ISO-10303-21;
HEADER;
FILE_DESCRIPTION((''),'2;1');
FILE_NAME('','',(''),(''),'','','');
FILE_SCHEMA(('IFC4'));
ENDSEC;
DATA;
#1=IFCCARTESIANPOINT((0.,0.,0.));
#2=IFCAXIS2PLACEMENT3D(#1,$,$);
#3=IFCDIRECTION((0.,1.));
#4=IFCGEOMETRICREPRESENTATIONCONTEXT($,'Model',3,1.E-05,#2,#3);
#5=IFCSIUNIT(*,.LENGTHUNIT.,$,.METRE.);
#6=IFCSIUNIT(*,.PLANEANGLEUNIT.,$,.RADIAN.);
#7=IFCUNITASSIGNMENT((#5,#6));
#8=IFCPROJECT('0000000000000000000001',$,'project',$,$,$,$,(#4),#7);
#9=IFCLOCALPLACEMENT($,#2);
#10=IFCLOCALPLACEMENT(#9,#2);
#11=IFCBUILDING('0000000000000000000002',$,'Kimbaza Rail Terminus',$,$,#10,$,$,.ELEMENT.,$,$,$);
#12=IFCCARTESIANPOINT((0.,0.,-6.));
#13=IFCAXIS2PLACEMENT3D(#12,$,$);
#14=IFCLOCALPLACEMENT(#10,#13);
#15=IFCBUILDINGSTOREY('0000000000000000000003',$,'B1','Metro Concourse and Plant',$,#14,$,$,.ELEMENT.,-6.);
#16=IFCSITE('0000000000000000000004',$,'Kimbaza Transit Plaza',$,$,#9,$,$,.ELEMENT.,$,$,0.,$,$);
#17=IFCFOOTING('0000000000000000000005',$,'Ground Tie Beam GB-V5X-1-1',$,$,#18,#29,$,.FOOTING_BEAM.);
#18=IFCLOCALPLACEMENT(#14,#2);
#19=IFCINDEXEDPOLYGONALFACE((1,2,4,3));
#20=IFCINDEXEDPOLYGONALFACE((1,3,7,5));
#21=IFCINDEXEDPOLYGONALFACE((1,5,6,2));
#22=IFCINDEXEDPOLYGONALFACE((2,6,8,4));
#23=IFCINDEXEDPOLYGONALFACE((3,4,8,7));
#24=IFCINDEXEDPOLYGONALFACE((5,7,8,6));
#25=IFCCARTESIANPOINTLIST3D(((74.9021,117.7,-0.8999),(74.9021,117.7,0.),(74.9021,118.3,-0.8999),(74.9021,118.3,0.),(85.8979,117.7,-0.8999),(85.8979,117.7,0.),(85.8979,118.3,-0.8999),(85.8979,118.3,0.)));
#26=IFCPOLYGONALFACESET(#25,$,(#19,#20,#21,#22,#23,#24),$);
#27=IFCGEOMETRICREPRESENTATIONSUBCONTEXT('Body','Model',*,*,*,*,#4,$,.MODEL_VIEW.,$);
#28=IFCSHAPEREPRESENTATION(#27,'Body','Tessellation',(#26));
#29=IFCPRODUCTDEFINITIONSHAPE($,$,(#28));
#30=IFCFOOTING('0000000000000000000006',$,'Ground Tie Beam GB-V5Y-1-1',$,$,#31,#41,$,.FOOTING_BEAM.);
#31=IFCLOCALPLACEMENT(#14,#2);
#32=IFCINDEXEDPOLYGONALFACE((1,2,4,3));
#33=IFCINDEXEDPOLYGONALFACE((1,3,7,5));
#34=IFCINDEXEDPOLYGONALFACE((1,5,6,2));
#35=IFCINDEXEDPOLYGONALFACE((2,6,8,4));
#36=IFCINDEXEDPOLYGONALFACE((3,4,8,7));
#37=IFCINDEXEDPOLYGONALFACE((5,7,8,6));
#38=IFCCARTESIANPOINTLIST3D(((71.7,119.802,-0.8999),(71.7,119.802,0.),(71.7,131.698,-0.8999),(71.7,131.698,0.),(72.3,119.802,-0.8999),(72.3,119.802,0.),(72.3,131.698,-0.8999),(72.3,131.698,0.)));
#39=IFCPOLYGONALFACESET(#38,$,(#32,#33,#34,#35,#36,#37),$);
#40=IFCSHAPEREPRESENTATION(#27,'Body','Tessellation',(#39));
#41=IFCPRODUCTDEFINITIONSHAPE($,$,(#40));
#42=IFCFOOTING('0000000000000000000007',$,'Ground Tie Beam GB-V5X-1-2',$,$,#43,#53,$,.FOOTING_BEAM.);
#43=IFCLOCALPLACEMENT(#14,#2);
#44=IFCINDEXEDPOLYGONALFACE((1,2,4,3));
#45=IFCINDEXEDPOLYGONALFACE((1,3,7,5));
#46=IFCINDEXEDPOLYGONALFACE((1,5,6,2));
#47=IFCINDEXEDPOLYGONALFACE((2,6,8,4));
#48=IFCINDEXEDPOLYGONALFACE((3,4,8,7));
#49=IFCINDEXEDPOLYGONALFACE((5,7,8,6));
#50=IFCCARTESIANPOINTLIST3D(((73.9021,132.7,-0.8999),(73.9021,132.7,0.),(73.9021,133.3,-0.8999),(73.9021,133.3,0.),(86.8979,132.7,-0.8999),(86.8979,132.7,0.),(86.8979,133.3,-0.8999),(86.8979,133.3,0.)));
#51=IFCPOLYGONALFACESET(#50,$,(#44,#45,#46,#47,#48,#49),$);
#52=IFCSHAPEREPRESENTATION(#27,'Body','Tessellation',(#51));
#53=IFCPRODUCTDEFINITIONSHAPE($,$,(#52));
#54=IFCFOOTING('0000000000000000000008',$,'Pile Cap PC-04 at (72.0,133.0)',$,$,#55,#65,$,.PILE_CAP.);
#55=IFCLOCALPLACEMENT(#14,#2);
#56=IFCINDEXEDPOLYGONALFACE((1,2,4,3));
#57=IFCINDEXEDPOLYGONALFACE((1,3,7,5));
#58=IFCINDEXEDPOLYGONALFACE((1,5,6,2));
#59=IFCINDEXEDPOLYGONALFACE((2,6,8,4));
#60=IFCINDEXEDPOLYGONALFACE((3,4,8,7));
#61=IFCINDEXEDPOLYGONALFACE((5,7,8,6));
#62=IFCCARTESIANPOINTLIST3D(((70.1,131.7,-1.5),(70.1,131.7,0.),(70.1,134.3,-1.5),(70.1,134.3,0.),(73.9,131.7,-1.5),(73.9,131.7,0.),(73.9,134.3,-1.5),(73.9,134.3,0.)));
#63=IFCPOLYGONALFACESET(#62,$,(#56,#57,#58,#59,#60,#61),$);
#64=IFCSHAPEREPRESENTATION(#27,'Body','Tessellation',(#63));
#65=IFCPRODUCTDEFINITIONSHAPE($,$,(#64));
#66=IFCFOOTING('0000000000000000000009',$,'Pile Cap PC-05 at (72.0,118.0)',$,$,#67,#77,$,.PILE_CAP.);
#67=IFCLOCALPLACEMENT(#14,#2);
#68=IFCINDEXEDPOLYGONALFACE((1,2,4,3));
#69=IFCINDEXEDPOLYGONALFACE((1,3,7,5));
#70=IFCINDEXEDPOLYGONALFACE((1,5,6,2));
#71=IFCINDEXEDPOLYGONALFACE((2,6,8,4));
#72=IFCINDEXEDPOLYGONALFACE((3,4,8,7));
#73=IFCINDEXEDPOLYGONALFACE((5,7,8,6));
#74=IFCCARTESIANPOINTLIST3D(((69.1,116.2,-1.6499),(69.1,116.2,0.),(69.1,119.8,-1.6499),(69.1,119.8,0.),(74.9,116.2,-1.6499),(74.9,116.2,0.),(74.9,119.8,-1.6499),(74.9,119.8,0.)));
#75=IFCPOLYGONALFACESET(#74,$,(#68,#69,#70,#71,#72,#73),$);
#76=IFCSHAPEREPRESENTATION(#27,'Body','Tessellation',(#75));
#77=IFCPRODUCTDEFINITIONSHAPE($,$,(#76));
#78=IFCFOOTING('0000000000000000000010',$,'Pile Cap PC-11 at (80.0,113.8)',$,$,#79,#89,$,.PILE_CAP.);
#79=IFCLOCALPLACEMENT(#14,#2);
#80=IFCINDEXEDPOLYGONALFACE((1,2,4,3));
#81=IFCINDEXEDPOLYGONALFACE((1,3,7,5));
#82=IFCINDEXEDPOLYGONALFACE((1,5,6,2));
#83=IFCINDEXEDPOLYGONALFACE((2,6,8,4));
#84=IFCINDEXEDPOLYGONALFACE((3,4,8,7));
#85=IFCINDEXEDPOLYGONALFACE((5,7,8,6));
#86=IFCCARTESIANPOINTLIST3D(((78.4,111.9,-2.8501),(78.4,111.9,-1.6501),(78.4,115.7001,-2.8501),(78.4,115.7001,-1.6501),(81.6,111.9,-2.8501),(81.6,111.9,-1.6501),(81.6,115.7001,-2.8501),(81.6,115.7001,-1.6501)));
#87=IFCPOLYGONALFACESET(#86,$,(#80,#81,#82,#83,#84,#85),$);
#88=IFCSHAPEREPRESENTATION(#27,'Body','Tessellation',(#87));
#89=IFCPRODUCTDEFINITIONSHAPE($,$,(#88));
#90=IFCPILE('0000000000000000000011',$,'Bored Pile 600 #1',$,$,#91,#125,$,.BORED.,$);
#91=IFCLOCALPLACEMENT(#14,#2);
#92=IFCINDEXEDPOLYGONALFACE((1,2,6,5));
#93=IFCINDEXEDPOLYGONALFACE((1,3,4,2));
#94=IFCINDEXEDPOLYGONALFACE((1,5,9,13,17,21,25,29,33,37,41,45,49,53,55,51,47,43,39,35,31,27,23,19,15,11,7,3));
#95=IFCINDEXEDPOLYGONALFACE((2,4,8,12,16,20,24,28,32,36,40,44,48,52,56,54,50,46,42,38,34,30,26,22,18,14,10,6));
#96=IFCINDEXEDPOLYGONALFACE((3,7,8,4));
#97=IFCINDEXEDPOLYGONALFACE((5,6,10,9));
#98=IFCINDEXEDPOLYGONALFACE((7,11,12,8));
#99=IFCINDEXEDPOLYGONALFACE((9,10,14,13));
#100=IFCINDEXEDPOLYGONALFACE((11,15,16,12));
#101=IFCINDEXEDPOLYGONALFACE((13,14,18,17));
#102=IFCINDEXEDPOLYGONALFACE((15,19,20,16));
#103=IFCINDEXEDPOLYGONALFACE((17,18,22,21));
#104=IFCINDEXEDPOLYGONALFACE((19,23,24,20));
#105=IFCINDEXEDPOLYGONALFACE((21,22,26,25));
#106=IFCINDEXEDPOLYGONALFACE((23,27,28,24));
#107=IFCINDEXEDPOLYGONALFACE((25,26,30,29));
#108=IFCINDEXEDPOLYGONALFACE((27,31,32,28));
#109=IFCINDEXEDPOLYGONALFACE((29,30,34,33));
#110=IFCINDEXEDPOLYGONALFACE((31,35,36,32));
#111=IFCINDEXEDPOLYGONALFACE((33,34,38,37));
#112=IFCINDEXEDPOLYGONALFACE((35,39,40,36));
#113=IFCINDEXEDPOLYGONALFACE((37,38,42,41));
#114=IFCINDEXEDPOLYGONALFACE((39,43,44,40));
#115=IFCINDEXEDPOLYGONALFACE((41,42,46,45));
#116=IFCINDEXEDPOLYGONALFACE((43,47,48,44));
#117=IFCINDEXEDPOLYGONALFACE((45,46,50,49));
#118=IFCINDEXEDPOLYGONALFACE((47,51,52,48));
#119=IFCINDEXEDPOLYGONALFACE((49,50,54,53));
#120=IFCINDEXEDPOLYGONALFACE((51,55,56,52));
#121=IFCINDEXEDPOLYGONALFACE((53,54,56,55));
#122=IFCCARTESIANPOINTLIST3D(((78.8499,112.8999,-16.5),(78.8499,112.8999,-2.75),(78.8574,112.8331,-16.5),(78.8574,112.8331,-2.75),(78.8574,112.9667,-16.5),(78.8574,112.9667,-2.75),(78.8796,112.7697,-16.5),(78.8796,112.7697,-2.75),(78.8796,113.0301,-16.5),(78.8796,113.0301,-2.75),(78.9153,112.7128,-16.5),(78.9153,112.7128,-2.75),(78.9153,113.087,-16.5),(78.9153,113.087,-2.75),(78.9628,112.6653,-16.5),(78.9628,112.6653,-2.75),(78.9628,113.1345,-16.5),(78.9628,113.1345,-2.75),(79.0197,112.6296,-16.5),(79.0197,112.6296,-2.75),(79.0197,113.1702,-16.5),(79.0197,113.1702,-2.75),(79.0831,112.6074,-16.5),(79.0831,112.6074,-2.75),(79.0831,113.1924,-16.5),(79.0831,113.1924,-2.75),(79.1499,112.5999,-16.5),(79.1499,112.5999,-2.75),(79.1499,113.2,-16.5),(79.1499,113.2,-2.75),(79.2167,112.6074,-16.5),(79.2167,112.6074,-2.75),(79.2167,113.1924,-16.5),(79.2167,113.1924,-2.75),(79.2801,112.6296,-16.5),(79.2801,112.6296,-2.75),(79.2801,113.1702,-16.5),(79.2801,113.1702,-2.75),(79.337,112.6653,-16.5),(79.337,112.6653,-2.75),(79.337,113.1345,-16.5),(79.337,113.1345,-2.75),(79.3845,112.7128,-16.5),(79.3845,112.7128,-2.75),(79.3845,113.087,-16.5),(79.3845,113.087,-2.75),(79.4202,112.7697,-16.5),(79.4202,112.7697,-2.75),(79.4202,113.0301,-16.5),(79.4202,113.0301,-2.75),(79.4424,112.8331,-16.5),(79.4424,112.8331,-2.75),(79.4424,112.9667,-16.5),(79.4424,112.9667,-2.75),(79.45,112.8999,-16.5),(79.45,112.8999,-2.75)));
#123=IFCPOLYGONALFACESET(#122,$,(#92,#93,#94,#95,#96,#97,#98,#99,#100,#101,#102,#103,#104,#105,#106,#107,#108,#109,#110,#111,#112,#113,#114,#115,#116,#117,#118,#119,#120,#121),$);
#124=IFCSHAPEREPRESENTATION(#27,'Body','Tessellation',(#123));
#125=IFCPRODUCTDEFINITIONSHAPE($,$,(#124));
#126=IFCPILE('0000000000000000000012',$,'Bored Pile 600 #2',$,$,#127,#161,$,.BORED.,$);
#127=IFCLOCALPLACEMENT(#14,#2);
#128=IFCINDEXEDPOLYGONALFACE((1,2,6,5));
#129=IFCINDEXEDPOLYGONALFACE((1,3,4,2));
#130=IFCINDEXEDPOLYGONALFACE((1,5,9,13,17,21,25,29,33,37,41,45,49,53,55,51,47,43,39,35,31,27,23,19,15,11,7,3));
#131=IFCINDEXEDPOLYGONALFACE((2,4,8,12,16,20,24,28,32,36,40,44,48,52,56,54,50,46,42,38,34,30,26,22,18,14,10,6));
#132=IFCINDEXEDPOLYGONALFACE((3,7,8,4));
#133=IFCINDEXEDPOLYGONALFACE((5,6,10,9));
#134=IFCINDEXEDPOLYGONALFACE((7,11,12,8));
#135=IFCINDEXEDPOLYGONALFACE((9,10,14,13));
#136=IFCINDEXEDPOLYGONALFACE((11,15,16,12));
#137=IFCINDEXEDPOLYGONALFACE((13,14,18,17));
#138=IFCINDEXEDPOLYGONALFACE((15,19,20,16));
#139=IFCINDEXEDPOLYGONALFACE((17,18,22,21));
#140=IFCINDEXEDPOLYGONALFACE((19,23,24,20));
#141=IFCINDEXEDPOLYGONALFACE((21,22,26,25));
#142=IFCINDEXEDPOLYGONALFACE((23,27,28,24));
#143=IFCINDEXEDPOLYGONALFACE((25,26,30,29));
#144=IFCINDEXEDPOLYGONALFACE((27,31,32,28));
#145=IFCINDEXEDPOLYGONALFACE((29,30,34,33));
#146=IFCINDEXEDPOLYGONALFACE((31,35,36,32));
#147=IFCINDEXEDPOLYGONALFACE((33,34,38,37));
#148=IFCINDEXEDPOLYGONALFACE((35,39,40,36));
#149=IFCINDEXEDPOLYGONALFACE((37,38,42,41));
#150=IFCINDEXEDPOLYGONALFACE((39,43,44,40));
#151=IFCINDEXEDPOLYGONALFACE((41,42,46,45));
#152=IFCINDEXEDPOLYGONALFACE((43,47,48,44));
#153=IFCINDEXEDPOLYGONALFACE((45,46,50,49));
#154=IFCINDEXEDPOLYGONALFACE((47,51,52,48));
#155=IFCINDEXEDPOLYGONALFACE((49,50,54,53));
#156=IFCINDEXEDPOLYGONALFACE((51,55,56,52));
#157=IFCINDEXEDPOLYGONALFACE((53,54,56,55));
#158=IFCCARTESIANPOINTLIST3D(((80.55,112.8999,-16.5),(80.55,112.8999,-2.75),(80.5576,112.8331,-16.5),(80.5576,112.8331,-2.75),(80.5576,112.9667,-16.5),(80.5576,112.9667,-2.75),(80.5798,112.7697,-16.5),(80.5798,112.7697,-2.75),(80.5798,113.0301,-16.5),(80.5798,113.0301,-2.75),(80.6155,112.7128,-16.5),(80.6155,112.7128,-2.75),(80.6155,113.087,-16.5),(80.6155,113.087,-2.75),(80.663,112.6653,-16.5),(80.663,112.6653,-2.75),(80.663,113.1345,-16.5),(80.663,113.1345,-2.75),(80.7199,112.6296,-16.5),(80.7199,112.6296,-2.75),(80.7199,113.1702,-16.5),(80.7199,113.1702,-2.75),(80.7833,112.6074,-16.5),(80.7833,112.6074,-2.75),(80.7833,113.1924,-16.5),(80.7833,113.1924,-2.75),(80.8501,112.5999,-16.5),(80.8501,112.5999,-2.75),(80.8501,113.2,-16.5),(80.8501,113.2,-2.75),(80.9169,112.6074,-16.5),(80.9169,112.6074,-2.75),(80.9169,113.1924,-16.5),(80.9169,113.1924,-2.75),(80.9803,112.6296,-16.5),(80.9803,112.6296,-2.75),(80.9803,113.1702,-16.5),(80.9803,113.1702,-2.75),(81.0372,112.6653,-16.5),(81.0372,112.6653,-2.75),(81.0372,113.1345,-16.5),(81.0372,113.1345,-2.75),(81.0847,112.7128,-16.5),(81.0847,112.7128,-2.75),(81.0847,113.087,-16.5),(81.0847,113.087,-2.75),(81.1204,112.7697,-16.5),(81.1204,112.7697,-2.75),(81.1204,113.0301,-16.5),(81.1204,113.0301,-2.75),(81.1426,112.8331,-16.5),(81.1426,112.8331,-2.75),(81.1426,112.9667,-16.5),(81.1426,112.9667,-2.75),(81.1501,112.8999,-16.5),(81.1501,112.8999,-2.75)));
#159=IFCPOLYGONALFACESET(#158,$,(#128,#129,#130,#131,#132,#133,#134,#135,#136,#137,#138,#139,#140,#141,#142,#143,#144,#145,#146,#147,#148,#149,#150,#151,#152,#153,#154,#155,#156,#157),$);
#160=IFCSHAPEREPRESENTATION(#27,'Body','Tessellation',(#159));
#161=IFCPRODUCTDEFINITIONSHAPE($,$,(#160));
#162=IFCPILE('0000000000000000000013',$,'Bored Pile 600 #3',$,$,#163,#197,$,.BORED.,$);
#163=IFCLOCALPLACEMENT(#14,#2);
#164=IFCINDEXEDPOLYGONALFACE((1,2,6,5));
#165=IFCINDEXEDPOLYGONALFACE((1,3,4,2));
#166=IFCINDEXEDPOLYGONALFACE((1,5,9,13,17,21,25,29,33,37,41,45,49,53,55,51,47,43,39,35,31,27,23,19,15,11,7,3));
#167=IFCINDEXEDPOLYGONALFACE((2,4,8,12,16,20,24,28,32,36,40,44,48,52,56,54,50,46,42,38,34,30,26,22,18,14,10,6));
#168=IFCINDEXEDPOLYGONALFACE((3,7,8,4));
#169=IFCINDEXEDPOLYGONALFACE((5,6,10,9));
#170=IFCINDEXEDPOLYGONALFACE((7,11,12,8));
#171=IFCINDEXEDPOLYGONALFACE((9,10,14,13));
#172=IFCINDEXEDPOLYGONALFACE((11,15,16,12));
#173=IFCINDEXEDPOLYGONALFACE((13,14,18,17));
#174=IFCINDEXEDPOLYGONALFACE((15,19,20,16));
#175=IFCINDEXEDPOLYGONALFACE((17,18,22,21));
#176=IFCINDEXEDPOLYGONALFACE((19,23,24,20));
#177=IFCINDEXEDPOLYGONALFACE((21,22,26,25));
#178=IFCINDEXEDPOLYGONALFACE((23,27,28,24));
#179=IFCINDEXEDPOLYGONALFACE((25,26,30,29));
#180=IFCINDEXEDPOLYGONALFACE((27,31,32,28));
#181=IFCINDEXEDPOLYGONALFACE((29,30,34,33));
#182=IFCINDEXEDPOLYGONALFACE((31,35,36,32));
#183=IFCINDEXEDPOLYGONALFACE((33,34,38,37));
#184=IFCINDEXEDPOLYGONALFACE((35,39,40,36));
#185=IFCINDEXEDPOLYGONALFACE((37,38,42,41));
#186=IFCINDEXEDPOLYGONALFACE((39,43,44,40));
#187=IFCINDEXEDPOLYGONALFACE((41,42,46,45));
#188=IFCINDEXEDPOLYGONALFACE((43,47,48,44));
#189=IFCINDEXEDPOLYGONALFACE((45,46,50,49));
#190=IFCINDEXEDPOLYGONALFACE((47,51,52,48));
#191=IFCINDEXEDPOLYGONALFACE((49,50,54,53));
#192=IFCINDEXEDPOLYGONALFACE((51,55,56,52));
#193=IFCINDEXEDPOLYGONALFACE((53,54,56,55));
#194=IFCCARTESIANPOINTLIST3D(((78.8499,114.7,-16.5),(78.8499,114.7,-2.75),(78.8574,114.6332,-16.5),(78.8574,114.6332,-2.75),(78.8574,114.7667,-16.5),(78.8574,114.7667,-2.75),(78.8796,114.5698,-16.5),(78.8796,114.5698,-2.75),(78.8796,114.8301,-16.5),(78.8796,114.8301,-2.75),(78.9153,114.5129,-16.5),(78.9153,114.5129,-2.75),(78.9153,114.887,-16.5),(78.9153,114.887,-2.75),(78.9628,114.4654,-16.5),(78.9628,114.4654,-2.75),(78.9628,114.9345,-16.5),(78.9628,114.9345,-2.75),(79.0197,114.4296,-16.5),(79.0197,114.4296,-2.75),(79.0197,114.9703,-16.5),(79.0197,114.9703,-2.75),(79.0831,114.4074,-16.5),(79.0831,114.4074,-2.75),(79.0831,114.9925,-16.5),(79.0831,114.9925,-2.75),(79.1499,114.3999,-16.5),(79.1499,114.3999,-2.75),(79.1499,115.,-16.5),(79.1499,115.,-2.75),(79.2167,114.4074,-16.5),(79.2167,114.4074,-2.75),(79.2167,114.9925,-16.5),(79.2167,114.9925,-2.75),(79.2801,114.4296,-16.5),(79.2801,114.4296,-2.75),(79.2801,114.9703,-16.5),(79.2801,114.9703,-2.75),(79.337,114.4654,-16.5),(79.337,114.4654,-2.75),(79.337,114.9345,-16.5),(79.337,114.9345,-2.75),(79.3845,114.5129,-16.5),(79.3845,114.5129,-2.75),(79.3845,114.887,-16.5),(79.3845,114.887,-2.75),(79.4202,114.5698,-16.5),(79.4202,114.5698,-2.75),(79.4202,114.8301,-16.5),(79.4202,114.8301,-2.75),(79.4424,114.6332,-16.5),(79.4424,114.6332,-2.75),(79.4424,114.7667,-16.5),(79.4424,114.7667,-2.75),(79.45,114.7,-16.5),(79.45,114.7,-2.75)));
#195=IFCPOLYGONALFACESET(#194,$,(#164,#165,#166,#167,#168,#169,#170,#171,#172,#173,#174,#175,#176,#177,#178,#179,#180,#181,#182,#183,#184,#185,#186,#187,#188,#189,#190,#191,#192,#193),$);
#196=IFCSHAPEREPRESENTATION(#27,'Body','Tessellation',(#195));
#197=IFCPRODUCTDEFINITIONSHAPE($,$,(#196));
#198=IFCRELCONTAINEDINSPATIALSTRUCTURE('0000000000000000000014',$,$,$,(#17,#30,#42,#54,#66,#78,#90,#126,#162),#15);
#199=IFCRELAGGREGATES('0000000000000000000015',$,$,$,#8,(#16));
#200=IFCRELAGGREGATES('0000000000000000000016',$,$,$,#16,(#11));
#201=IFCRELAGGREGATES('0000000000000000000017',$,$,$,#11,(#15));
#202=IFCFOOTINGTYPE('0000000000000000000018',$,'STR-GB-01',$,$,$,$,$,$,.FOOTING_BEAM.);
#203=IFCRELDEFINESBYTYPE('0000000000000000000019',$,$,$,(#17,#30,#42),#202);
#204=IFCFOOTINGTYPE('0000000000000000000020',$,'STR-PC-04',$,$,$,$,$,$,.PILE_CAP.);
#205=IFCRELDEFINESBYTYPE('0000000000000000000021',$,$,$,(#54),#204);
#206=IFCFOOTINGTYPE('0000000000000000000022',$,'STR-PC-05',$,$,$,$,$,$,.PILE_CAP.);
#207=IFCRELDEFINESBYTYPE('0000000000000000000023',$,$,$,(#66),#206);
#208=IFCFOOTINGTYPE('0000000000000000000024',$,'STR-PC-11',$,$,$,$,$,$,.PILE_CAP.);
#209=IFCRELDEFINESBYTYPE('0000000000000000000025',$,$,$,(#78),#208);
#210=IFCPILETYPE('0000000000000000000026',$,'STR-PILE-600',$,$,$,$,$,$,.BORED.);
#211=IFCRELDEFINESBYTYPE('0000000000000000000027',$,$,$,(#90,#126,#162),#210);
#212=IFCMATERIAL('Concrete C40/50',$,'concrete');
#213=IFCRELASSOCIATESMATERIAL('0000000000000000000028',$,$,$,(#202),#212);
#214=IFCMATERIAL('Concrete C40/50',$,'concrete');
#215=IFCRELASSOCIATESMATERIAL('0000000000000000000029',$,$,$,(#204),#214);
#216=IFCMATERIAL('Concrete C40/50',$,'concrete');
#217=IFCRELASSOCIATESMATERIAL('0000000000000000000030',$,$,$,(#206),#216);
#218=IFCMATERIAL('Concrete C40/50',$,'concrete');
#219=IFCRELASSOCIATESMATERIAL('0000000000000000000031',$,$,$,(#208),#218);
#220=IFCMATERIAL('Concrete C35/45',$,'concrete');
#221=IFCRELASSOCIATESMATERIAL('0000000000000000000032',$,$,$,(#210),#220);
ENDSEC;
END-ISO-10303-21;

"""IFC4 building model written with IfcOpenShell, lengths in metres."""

from ifc_helpers import new_model, si_unit, direction, frame, origin, origin_2d, place, context, subcontext, project, spatial, rectangle, circle, extrude, material, material_profile, profile_set, type_object, element, save


model = new_model("IFC4")

# Units and contexts
model_context = context("Model", 3, precision=1e-05, world=origin(), true_north=direction((0.0, 1.0)))
body_context = subcontext(model_context, "Body", "Model", "MODEL_VIEW")
ifc_project = project(units=[si_unit("LENGTHUNIT", "METRE"), si_unit("PLANEANGLEUNIT", "RADIAN")], contexts=[model_context])

# Site, building, storey
site_placement = place(None, origin())
site = spatial("IfcSite", under=ifc_project, at=site_placement, Name="Kimbaza Transit Plaza", CompositionType="ELEMENT", RefElevation=0.0)
building_placement = place(site_placement, origin())
building = spatial("IfcBuilding", under=site, at=building_placement, Name="Kimbaza Rail Terminus", CompositionType="ELEMENT")
storey_placement = place(building_placement, frame((0.0, 0.0, -6.0)))
storey = spatial("IfcBuildingStorey", under=building, at=storey_placement, Name="B1", Description="Metro Concourse and Plant", CompositionType="ELEMENT", Elevation=-6.0)

# Footings
ifc_material_1 = material(Name="Concrete C40/50", Category="concrete")
ifc_material_profile_1 = material_profile(ifc_material_1, rectangle(XDim=0.6001, YDim=0.8999, at=origin_2d()), Name="GB-01 600x900")
ifc_profile_set_1 = profile_set([ifc_material_profile_1], Name="Concrete C40/50")
footing_type_1 = type_object("IfcFootingType", Name="STR-GB-01", PredefinedType="FOOTING_BEAM", material=ifc_profile_set_1)
footing_1_placement = place(storey_placement, frame((74.9021, 118.0, -0.45), z_axis=(1.0, 0.0, 0.0), x_axis=(0.0, 1.0, 0.0)))
element("IfcFooting", 1, at=footing_1_placement, inside=storey, type_object=footing_type_1, Name="Ground Tie Beam GB-V5X-1-1", PredefinedType="FOOTING_BEAM", context=body_context, shape_type="SweptSolid", body=[
    extrude(rectangle(XDim=0.6001, YDim=0.8999, at=origin_2d()), origin(), (0.0, 0.0, 1.0), 10.9958),
])
footing_2_placement = place(storey_placement, frame((72.0, 119.802, -0.45), z_axis=(0.0, 1.0, 0.0), x_axis=(-1.0, 0.0, 0.0)))
element("IfcFooting", 2, at=footing_2_placement, inside=storey, type_object=footing_type_1, Name="Ground Tie Beam GB-V5Y-1-1", PredefinedType="FOOTING_BEAM", context=body_context, shape_type="SweptSolid", body=[
    extrude(rectangle(XDim=0.6001, YDim=0.8999, at=origin_2d()), origin(), (0.0, 0.0, 1.0), 11.896),
])
footing_3_placement = place(storey_placement, frame((73.9021, 133.0, -0.45), z_axis=(1.0, 0.0, 0.0), x_axis=(0.0, 1.0, 0.0)))
element("IfcFooting", 3, at=footing_3_placement, inside=storey, type_object=footing_type_1, Name="Ground Tie Beam GB-V5X-1-2", PredefinedType="FOOTING_BEAM", context=body_context, shape_type="SweptSolid", body=[
    extrude(rectangle(XDim=0.6001, YDim=0.8999, at=origin_2d()), origin(), (0.0, 0.0, 1.0), 12.9958),
])
ifc_material_2 = material(Name="Concrete C40/50", Category="concrete")
footing_type_2 = type_object("IfcFootingType", Name="STR-PC-04", PredefinedType="PILE_CAP", material=ifc_material_2)
footing_4_placement = place(storey_placement, frame((72.0, 133.0, -1.5), z_axis=(0.0, 0.0, 1.0), x_axis=(1.0, 0.0, 0.0)))
element("IfcFooting", 4, at=footing_4_placement, inside=storey, type_object=footing_type_2, Name="Pile Cap PC-04 at (72.0,133.0)", PredefinedType="PILE_CAP", context=body_context, shape_type="SweptSolid", body=[
    extrude(rectangle(XDim=3.8, YDim=2.6001, at=origin_2d()), origin(), (0.0, 0.0, 1.0), 1.5),
])
ifc_material_3 = material(Name="Concrete C40/50", Category="concrete")
footing_type_3 = type_object("IfcFootingType", Name="STR-PC-05", PredefinedType="PILE_CAP", material=ifc_material_3)
footing_5_placement = place(storey_placement, frame((72.0, 118.0, -1.6499), z_axis=(0.0, 0.0, 1.0), x_axis=(1.0, 0.0, 0.0)))
element("IfcFooting", 5, at=footing_5_placement, inside=storey, type_object=footing_type_3, Name="Pile Cap PC-05 at (72.0,118.0)", PredefinedType="PILE_CAP", context=body_context, shape_type="SweptSolid", body=[
    extrude(rectangle(XDim=5.8, YDim=3.6001, at=origin_2d()), origin(), (0.0, 0.0, 1.0), 1.6499),
])
ifc_material_4 = material(Name="Concrete C40/50", Category="concrete")
footing_type_4 = type_object("IfcFootingType", Name="STR-PC-11", PredefinedType="PILE_CAP", material=ifc_material_4)
footing_6_placement = place(storey_placement, frame((80.0, 113.8, -2.8501), z_axis=(0.0, 0.0, 1.0), x_axis=(1.0, 0.0, 0.0)))
element("IfcFooting", 6, at=footing_6_placement, inside=storey, type_object=footing_type_4, Name="Pile Cap PC-11 at (80.0,113.8)", PredefinedType="PILE_CAP", context=body_context, shape_type="SweptSolid", body=[
    extrude(rectangle(XDim=3.2, YDim=3.8, at=origin_2d()), origin(), (0.0, 0.0, 1.0), 1.2),
])

# Piles
ifc_material_5 = material(Name="Concrete C35/45", Category="concrete")
ifc_material_profile_2 = material_profile(ifc_material_5, circle(Radius=0.3, at=origin_2d()), Name="BORED PILE 600")
ifc_profile_set_2 = profile_set([ifc_material_profile_2], Name="Concrete C35/45")
pile_type_1 = type_object("IfcPileType", Name="STR-PILE-600", PredefinedType="BORED", material=ifc_profile_set_2)
for number, where, z_axis, x_axis, name in (
    (7, (79.1499, 112.8999, -2.75), (0.0, 0.0, -1.0), (1.0, 0.0, 0.0), "Bored Pile 600 #1"),
    (8, (80.8501, 112.8999, -2.75), (0.0, 0.0, -1.0), (1.0, 0.0, 0.0), "Bored Pile 600 #2"),
    (9, (79.1499, 114.7, -2.75), (0.0, 0.0, -1.0), (1.0, 0.0, 0.0), "Bored Pile 600 #3"),
):
    element("IfcPile", number, at=place(storey_placement, frame(where, z_axis=z_axis, x_axis=x_axis)), inside=storey, type_object=pile_type_1, Name=name, PredefinedType="BORED", context=body_context, shape_type="SweptSolid", body=[
        extrude(circle(Radius=0.3, at=origin_2d()), origin(), (0.0, 0.0, 1.0), 13.75),
    ])

save(model, "model.ifc")
